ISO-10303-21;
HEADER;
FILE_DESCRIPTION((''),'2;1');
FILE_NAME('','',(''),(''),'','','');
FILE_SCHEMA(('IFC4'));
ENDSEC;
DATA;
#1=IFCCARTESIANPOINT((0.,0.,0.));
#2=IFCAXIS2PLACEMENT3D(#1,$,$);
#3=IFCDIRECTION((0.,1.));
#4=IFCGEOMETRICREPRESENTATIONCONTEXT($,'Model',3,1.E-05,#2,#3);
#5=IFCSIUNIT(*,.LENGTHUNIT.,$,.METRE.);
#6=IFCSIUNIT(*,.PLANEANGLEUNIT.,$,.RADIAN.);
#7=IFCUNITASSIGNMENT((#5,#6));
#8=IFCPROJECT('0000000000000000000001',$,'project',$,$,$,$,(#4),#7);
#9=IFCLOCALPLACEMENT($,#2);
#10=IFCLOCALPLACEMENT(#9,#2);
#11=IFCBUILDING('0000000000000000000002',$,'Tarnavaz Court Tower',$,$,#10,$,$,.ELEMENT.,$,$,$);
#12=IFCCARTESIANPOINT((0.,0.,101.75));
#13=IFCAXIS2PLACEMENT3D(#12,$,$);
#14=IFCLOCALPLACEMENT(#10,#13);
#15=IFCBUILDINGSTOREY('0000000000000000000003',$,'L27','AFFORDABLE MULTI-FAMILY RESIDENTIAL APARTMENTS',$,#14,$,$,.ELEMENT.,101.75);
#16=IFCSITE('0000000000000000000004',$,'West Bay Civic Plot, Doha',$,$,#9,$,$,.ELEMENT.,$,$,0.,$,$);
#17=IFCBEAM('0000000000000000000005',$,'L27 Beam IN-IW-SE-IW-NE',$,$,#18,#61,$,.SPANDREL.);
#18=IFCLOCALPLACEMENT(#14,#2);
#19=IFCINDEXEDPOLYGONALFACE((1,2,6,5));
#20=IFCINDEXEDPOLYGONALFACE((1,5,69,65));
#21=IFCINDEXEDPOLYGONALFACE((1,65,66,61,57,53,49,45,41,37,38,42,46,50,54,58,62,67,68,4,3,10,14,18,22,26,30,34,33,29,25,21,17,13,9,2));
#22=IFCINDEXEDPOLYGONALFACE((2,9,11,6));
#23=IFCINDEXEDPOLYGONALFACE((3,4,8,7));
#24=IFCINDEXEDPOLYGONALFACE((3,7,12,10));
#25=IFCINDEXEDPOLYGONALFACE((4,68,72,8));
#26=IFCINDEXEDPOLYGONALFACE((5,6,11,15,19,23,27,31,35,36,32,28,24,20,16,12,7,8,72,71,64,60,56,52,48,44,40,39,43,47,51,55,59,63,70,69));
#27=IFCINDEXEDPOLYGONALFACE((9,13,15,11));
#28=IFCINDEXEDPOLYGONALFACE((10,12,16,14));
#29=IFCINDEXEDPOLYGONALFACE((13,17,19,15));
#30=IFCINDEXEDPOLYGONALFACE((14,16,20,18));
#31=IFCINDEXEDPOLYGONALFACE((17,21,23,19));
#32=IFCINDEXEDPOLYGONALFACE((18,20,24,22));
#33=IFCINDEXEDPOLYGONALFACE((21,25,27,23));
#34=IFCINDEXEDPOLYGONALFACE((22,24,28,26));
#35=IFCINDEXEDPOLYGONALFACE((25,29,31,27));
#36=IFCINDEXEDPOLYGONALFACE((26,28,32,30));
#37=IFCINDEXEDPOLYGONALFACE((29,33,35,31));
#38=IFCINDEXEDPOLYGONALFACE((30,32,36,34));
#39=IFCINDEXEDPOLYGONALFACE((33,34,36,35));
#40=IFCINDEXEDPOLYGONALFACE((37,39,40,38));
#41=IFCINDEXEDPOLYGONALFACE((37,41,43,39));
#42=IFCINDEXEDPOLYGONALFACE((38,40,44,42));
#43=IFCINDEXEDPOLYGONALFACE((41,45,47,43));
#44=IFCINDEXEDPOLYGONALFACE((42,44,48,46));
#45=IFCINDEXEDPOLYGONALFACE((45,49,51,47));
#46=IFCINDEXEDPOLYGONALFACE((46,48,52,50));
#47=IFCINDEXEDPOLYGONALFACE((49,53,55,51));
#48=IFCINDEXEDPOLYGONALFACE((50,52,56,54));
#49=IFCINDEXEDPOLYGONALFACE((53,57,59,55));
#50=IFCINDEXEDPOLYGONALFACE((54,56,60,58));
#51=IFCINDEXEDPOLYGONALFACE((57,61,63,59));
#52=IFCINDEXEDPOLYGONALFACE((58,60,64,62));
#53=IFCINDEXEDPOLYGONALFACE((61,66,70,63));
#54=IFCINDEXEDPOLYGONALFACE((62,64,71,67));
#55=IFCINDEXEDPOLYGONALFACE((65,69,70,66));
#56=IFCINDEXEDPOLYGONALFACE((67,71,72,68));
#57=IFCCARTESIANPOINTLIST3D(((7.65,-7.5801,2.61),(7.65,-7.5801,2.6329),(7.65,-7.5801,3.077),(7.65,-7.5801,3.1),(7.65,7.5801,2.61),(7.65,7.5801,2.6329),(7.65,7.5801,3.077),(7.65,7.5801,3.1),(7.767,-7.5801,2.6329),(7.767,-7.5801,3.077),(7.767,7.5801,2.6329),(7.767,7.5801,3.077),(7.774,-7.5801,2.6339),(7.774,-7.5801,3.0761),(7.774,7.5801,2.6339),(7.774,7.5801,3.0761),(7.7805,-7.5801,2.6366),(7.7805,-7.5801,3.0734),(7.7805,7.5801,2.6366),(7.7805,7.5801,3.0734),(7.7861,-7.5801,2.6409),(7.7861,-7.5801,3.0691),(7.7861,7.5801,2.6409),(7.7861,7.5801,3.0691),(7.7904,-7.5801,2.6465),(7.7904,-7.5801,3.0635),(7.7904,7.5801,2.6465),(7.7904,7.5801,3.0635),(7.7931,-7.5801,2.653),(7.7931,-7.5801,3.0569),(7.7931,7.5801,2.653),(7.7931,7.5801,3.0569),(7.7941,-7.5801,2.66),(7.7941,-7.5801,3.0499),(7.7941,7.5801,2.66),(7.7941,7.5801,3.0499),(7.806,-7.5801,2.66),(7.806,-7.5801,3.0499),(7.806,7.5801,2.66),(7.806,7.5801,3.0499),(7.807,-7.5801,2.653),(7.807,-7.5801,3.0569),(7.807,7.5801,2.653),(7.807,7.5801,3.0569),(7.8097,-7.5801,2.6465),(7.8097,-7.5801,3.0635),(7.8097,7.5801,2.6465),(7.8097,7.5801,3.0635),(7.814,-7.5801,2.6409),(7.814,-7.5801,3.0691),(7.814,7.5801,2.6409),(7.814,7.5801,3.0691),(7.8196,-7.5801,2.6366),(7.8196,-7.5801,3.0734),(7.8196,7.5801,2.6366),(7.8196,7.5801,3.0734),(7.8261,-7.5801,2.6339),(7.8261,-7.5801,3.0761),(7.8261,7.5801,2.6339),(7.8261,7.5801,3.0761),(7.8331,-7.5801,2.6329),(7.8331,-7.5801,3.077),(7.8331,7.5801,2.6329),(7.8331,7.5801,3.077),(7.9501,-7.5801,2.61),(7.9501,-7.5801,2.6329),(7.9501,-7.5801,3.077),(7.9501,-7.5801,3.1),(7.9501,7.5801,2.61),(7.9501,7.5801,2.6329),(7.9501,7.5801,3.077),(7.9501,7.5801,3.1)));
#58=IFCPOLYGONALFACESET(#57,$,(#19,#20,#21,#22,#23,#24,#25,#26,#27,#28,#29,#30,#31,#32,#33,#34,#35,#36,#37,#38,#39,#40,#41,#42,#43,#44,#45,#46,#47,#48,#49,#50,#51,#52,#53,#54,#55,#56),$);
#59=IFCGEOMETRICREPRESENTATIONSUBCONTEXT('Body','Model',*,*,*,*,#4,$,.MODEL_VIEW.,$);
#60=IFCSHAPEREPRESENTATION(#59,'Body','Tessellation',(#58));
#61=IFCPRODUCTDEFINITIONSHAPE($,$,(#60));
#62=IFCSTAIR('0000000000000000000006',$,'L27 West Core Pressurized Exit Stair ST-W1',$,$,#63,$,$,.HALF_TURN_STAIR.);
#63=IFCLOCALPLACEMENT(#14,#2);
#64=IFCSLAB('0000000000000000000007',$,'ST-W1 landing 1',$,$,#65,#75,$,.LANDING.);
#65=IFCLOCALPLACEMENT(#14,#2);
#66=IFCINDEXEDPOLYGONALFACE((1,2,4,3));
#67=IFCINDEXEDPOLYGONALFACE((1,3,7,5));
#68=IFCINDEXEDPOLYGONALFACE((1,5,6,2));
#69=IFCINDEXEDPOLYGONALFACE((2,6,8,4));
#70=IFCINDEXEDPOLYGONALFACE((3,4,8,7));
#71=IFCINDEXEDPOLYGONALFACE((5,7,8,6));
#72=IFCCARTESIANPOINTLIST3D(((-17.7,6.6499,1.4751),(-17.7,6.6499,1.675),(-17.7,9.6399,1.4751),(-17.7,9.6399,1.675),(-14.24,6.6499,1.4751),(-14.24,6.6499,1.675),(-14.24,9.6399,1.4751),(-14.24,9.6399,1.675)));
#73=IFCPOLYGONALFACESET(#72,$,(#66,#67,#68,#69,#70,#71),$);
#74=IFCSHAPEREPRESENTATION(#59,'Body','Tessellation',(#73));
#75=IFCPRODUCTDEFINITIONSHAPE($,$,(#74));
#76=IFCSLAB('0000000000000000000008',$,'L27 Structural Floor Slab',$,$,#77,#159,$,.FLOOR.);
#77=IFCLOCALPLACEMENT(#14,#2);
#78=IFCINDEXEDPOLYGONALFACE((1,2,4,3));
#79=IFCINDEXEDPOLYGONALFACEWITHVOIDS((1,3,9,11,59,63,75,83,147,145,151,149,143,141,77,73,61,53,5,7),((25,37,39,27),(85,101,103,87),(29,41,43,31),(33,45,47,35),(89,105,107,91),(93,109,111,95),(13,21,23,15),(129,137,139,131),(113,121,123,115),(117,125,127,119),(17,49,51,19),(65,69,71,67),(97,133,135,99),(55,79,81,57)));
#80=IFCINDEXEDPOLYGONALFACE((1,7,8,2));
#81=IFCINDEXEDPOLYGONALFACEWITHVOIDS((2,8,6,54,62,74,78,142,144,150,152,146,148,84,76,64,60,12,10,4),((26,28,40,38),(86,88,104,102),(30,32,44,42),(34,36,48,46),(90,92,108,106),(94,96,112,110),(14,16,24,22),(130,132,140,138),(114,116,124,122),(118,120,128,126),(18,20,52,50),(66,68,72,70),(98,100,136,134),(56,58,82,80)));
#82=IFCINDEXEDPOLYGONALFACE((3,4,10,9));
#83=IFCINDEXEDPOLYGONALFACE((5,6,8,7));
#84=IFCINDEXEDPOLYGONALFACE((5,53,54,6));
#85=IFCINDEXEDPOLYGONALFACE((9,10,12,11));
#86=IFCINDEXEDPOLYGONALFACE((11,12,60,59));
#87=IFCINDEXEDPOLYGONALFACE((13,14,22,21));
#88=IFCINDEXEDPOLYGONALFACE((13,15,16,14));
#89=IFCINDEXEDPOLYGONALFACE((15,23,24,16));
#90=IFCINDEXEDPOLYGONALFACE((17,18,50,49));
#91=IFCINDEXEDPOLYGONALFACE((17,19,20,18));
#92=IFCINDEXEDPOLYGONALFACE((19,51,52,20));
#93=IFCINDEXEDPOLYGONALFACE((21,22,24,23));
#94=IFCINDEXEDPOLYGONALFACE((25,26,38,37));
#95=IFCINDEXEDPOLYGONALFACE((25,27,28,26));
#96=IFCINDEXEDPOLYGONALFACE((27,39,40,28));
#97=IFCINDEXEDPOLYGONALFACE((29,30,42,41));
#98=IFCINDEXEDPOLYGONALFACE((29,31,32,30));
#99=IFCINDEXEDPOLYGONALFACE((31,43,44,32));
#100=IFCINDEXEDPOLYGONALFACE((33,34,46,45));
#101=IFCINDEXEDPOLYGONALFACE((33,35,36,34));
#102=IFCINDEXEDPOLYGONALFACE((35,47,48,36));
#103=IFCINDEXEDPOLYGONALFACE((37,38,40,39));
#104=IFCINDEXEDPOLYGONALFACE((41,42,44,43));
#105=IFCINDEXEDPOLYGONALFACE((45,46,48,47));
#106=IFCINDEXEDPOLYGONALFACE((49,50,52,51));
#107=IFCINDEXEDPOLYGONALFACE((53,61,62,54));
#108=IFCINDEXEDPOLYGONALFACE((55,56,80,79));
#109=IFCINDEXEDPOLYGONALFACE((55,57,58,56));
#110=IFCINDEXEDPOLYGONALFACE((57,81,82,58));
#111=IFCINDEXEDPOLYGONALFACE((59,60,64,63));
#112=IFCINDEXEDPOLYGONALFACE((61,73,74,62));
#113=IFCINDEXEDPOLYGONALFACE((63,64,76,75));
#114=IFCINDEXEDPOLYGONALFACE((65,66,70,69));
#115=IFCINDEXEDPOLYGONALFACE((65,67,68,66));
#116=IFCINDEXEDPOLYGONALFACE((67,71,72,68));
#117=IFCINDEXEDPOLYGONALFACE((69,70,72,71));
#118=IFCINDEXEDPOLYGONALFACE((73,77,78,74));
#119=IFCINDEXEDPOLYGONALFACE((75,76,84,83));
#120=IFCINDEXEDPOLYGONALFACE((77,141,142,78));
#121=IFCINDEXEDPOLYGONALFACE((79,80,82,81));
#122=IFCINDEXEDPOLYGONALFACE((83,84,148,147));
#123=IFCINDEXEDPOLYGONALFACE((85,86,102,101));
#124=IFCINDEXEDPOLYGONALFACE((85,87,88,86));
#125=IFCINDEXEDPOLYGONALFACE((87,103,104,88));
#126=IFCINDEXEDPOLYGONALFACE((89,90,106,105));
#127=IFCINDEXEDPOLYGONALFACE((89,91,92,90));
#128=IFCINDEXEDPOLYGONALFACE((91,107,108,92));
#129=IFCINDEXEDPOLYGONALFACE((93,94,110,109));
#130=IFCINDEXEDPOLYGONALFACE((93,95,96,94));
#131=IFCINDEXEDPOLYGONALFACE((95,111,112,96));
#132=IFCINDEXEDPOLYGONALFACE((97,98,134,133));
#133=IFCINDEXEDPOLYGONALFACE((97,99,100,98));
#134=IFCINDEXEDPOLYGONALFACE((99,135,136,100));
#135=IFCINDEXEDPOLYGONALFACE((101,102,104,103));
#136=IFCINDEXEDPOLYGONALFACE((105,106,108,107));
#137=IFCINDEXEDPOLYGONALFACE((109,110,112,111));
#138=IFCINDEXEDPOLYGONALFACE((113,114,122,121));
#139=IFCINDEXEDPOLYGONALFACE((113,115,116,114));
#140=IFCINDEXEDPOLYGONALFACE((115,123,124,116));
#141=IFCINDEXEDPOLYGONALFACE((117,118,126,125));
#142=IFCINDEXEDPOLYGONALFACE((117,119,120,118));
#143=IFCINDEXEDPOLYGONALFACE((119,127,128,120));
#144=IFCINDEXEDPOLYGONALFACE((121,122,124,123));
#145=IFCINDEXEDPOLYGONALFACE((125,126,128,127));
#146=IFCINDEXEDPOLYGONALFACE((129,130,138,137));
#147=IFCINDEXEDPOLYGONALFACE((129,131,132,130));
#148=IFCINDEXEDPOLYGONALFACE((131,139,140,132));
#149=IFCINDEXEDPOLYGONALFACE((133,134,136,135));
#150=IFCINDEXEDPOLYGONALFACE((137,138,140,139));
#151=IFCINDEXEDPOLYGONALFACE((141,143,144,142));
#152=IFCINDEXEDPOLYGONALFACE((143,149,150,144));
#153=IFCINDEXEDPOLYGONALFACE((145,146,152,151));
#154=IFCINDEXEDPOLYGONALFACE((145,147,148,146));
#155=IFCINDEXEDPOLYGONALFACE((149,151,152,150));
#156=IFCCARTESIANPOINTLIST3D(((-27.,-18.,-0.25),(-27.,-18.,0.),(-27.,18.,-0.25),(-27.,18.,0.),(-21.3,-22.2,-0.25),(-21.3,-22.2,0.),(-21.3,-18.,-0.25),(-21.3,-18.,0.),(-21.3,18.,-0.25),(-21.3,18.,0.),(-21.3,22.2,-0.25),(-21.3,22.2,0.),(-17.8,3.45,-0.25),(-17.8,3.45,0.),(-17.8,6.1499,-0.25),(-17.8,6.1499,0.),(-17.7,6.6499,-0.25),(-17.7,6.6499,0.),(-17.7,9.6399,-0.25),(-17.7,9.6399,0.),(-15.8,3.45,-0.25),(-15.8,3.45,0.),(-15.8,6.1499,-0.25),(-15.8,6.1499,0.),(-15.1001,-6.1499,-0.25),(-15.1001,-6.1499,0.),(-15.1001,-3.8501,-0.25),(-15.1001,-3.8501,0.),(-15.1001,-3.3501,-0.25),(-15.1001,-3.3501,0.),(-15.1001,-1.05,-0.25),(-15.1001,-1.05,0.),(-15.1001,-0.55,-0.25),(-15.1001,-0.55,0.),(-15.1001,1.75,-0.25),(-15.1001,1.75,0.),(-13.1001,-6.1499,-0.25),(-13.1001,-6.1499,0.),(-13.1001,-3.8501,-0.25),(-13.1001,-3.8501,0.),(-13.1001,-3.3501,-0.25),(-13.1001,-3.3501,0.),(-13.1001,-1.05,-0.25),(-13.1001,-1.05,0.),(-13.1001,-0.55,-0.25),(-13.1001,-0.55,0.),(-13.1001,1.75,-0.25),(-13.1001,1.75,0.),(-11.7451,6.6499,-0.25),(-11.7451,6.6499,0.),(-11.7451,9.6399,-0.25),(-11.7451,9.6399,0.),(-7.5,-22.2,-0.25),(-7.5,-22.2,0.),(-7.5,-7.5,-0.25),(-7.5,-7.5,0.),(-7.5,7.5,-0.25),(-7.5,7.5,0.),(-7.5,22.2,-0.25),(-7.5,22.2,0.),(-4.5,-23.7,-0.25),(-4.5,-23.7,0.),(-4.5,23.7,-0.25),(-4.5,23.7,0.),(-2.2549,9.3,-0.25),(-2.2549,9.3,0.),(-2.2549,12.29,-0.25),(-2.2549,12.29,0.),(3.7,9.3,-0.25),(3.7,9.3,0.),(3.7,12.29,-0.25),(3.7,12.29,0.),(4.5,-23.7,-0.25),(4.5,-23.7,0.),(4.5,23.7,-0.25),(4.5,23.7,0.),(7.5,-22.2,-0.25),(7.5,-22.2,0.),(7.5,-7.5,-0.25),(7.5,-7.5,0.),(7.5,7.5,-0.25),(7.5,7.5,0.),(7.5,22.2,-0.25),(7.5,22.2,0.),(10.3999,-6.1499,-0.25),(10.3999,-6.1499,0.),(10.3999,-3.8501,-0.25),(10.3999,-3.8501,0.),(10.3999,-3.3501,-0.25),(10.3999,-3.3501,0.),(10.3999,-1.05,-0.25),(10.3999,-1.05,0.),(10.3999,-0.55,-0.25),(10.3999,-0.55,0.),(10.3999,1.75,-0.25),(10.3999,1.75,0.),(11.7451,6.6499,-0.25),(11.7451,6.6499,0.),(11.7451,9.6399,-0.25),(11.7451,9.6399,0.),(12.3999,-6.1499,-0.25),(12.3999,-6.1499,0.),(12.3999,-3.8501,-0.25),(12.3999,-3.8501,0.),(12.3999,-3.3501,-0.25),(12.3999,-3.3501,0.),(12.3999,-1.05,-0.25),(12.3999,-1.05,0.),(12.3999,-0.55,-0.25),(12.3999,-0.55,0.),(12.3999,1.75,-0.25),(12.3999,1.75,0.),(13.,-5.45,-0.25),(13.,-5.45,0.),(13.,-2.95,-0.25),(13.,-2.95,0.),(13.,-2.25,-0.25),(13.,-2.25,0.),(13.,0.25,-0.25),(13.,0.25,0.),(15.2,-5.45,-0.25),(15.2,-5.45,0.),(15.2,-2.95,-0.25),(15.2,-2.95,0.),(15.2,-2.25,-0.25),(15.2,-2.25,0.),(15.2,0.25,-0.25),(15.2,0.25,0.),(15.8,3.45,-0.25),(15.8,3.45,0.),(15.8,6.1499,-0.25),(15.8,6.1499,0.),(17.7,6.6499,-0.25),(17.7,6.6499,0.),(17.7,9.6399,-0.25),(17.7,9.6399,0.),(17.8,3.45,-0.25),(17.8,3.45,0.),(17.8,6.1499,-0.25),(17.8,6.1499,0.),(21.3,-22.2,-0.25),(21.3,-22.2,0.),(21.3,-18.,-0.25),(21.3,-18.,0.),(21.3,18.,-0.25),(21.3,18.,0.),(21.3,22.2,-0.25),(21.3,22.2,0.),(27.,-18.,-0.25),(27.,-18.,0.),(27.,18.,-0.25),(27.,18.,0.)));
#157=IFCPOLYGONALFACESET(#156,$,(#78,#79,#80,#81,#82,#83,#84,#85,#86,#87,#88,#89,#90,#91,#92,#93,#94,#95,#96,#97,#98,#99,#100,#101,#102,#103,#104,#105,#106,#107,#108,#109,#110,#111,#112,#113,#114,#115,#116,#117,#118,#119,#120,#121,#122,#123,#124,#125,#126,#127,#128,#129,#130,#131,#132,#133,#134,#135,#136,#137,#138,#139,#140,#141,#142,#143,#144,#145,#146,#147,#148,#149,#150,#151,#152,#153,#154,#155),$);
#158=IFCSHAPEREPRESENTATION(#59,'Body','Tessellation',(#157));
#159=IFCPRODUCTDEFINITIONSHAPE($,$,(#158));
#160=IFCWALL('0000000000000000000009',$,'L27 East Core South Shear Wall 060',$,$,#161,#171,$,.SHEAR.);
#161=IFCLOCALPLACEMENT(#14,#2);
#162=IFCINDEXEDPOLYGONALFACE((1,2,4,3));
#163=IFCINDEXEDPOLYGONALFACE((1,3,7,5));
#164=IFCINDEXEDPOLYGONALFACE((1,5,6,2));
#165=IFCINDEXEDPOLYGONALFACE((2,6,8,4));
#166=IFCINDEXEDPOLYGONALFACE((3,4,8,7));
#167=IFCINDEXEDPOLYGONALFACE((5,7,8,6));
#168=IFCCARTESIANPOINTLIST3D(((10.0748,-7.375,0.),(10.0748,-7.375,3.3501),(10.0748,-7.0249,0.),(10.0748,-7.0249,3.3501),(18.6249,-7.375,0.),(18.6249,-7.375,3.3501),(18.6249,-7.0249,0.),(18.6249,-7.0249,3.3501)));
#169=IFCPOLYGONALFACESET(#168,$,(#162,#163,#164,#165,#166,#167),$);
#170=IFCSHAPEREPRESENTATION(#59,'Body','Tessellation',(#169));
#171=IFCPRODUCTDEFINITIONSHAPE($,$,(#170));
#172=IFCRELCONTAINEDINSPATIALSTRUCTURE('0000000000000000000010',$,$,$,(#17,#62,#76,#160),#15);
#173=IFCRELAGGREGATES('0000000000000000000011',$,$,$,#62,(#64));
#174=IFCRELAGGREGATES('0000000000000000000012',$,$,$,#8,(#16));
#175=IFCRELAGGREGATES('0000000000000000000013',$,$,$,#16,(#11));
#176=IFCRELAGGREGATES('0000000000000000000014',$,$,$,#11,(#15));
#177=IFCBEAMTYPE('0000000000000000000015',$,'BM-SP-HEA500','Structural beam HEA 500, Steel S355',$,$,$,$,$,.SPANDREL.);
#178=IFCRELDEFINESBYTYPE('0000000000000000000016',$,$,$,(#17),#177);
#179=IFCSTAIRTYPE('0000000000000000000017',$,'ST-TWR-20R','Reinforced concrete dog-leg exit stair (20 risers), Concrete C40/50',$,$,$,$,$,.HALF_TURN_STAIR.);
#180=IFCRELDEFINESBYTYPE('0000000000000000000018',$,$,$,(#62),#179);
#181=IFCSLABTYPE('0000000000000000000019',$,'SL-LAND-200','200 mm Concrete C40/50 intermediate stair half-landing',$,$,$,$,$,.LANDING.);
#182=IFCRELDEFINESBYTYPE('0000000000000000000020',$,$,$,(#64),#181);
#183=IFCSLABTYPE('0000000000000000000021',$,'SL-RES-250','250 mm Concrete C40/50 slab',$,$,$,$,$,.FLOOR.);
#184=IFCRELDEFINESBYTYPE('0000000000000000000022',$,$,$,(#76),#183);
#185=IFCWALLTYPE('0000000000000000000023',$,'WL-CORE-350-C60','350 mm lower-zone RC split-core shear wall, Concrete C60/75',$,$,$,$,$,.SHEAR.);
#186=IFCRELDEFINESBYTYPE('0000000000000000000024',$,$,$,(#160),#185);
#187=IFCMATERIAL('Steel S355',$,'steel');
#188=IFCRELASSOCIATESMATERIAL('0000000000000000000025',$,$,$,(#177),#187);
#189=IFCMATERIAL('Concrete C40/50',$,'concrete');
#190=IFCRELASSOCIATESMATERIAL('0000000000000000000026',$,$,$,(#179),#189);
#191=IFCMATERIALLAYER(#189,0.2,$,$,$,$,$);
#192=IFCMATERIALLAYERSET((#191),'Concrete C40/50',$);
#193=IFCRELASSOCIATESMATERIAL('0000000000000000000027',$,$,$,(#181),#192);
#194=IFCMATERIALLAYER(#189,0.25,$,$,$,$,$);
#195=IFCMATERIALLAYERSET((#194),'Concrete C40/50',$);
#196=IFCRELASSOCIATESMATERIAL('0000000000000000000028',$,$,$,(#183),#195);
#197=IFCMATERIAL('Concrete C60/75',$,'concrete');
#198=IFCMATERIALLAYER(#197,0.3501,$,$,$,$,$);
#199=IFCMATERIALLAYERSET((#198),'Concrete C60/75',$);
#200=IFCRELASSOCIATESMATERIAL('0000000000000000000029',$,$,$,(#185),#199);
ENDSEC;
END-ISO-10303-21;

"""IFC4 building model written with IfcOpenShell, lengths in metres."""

from ifc_helpers import new_model, si_unit, direction, frame, frame_2d, origin, origin_2d, place, context, subcontext, project, spatial, polyline, rectangle, i_section, outline, extrude, material, layer, layer_set, material_profile, profile_set, type_object, element, aggregate, save


model = new_model("IFC4")

# Units and contexts
model_context = context("Model", 3, precision=1e-05, world=origin(), true_north=direction((0.0, 1.0)))
body_context = subcontext(model_context, "Body", "Model", "MODEL_VIEW")
ifc_project = project(units=[si_unit("LENGTHUNIT", "METRE"), si_unit("PLANEANGLEUNIT", "RADIAN")], contexts=[model_context])

# Site, building, storey
site_placement = place(None, origin())
site = spatial("IfcSite", under=ifc_project, at=site_placement, Name="West Bay Civic Plot, Doha", CompositionType="ELEMENT", RefElevation=0.0)
building_placement = place(site_placement, origin())
building = spatial("IfcBuilding", under=site, at=building_placement, Name="Tarnavaz Court Tower", CompositionType="ELEMENT")
storey_placement = place(building_placement, frame((0.0, 0.0, 101.75)))
storey = spatial("IfcBuildingStorey", under=building, at=storey_placement, Name="L27", Description="AFFORDABLE MULTI-FAMILY RESIDENTIAL APARTMENTS", CompositionType="ELEMENT", Elevation=101.75)

# Shared definitions
ifc_material_1 = material(Name="Concrete C60/75", Category="concrete")

# Beam
ifc_material_2 = material(Name="Steel S355", Category="steel")
ifc_material_profile_1 = material_profile(ifc_material_2, i_section(OverallWidth=0.3, OverallDepth=0.49, WebThickness=0.012, FlangeThickness=0.0229, FilletRadius=0.0271, at=origin_2d()), Name="HEA 500")
ifc_profile_set_1 = profile_set([ifc_material_profile_1], Name="Steel S355")
beam_type_1 = type_object("IfcBeamType", Name="BM-SP-HEA500", Description="Structural beam HEA 500, Steel S355", PredefinedType="SPANDREL", material=ifc_profile_set_1)
beam_1_placement = place(storey_placement, frame((7.8, -7.5801, 2.855), z_axis=(0.0, 1.0, 0.0), x_axis=(-1.0, 0.0, 0.0)))
element("IfcBeam", 1, at=beam_1_placement, inside=storey, type_object=beam_type_1, Name="L27 Beam IN-IW-SE-IW-NE", PredefinedType="SPANDREL", context=body_context, shape_type="SweptSolid", body=[
    extrude(i_section(OverallWidth=0.3, OverallDepth=0.49, WebThickness=0.012, FlangeThickness=0.0229, FilletRadius=0.0271, at=origin_2d()), origin(), (0.0, 0.0, 1.0), 15.1602),
])

# Stair, slab
ifc_material_3 = material(Name="Concrete C40/50", Category="concrete")
stair_type = type_object("IfcStairType", Name="ST-TWR-20R", Description="Reinforced concrete dog-leg exit stair (20 risers), Concrete C40/50", PredefinedType="HALF_TURN_STAIR", material=ifc_material_3)
stair_placement = place(storey_placement, origin())
stair = element("IfcStair", 2, at=stair_placement, inside=storey, type_object=stair_type, Name="L27 West Core Pressurized Exit Stair ST-W1", PredefinedType="HALF_TURN_STAIR")
ifc_layer_1 = layer(ifc_material_3, 0.2)
ifc_layer_set_1 = layer_set([ifc_layer_1], Name="Concrete C40/50")
slab_type_1 = type_object("IfcSlabType", Name="SL-LAND-200", Description="200 mm Concrete C40/50 intermediate stair half-landing", PredefinedType="LANDING", material=ifc_layer_set_1)
slab_1_placement = place(storey_placement, frame((0.0, 0.0, 1.4751)))
slab_1 = element("IfcSlab", 3, at=slab_1_placement, type_object=slab_type_1, Name="ST-W1 landing 1", PredefinedType="LANDING", context=body_context, shape_type="SweptSolid", body=[
    extrude(outline(polyline([(-14.24, 9.6399), (-17.7, 9.6399), (-17.7, 6.6499), (-14.24, 6.6499), (-14.24, 9.6399)])), origin(), (0.0, 0.0, 1.0), 0.2),
])
aggregate(stair, [slab_1])

# Slab
ifc_layer_2 = layer(ifc_material_3, 0.25)
ifc_layer_set_2 = layer_set([ifc_layer_2], Name="Concrete C40/50")
slab_type_2 = type_object("IfcSlabType", Name="SL-RES-250", Description="250 mm Concrete C40/50 slab", PredefinedType="FLOOR", material=ifc_layer_set_2)
slab_2_placement = place(storey_placement, frame((0.0, 0.0, -0.25)))
element("IfcSlab", 4, at=slab_2_placement, inside=storey, type_object=slab_type_2, Name="L27 Structural Floor Slab", PredefinedType="FLOOR", context=body_context, shape_type="SweptSolid", body=[
    extrude(outline(polyline([(-21.3, -22.2), (-7.5, -22.2), (-4.5, -23.7), (4.5, -23.7), (7.5, -22.2), (21.3, -22.2), (21.3, -18.0), (27.0, -18.0), (27.0, 18.0), (21.3, 18.0), (21.3, 22.2), (7.5, 22.2), (4.5, 23.7), (-4.5, 23.7), (-7.5, 22.2), (-21.3, 22.2), (-21.3, 18.0), (-27.0, 18.0), (-27.0, -18.0), (-21.3, -18.0), (-21.3, -22.2)]), holes=[polyline([(-7.5, -7.5), (7.5, -7.5), (7.5, 7.5), (-7.5, 7.5), (-7.5, -7.5)]), polyline([(-11.7451, 9.6399), (-17.7, 9.6399), (-17.7, 6.6499), (-11.7451, 6.6499), (-11.7451, 9.6399)]), polyline([(11.7451, 6.6499), (17.7, 6.6499), (17.7, 9.6399), (11.7451, 9.6399), (11.7451, 6.6499)]), polyline([(-2.2549, 9.3), (3.7, 9.3), (3.7, 12.29), (-2.2549, 12.29), (-2.2549, 9.3)]), polyline([(-17.8, 3.45), (-15.8, 3.45), (-15.8, 6.1499), (-17.8, 6.1499), (-17.8, 3.45)]), polyline([(-15.1001, -6.1499), (-13.1001, -6.1499), (-13.1001, -3.8501), (-15.1001, -3.8501), (-15.1001, -6.1499)]), polyline([(-15.1001, -3.3501), (-13.1001, -3.3501), (-13.1001, -1.05), (-15.1001, -1.05), (-15.1001, -3.3501)]), polyline([(-15.1001, -0.55), (-13.1001, -0.55), (-13.1001, 1.75), (-15.1001, 1.75), (-15.1001, -0.55)]), polyline([(15.8, 3.45), (17.8, 3.45), (17.8, 6.1499), (15.8, 6.1499), (15.8, 3.45)]), polyline([(10.3999, -6.1499), (12.3999, -6.1499), (12.3999, -3.8501), (10.3999, -3.8501), (10.3999, -6.1499)]), polyline([(10.3999, -3.3501), (12.3999, -3.3501), (12.3999, -1.05), (10.3999, -1.05), (10.3999, -3.3501)]), polyline([(10.3999, -0.55), (12.3999, -0.55), (12.3999, 1.75), (10.3999, 1.75), (10.3999, -0.55)]), polyline([(13.0, -5.45), (15.2, -5.45), (15.2, -2.95), (13.0, -2.95), (13.0, -5.45)]), polyline([(13.0, -2.25), (15.2, -2.25), (15.2, 0.25), (13.0, 0.25), (13.0, -2.25)])]), origin(), (0.0, 0.0, 1.0), 0.25),
])

# Wall
ifc_layer_3 = layer(ifc_material_1, 0.3501)
ifc_layer_set_3 = layer_set([ifc_layer_3], Name="Concrete C60/75")
wall_type_1 = type_object("IfcWallType", Name="WL-CORE-350-C60", Description="350 mm lower-zone RC split-core shear wall, Concrete C60/75", PredefinedType="SHEAR", material=ifc_layer_set_3)
wall_1_placement = place(storey_placement, frame((10.075, -7.2, 0.0), z_axis=(0.0, 0.0, 1.0), x_axis=(1.0, 0.0, 0.0)))
element("IfcWall", 5, at=wall_1_placement, inside=storey, type_object=wall_type_1, Name="L27 East Core South Shear Wall 060", PredefinedType="SHEAR", context=body_context, shape_type="SweptSolid", body=[
    extrude(rectangle(XDim=8.55, YDim=0.3501, at=frame_2d((4.2749, 0.0))), origin(), (0.0, 0.0, 1.0), 3.3501),
])

save(model, "model.ifc")
